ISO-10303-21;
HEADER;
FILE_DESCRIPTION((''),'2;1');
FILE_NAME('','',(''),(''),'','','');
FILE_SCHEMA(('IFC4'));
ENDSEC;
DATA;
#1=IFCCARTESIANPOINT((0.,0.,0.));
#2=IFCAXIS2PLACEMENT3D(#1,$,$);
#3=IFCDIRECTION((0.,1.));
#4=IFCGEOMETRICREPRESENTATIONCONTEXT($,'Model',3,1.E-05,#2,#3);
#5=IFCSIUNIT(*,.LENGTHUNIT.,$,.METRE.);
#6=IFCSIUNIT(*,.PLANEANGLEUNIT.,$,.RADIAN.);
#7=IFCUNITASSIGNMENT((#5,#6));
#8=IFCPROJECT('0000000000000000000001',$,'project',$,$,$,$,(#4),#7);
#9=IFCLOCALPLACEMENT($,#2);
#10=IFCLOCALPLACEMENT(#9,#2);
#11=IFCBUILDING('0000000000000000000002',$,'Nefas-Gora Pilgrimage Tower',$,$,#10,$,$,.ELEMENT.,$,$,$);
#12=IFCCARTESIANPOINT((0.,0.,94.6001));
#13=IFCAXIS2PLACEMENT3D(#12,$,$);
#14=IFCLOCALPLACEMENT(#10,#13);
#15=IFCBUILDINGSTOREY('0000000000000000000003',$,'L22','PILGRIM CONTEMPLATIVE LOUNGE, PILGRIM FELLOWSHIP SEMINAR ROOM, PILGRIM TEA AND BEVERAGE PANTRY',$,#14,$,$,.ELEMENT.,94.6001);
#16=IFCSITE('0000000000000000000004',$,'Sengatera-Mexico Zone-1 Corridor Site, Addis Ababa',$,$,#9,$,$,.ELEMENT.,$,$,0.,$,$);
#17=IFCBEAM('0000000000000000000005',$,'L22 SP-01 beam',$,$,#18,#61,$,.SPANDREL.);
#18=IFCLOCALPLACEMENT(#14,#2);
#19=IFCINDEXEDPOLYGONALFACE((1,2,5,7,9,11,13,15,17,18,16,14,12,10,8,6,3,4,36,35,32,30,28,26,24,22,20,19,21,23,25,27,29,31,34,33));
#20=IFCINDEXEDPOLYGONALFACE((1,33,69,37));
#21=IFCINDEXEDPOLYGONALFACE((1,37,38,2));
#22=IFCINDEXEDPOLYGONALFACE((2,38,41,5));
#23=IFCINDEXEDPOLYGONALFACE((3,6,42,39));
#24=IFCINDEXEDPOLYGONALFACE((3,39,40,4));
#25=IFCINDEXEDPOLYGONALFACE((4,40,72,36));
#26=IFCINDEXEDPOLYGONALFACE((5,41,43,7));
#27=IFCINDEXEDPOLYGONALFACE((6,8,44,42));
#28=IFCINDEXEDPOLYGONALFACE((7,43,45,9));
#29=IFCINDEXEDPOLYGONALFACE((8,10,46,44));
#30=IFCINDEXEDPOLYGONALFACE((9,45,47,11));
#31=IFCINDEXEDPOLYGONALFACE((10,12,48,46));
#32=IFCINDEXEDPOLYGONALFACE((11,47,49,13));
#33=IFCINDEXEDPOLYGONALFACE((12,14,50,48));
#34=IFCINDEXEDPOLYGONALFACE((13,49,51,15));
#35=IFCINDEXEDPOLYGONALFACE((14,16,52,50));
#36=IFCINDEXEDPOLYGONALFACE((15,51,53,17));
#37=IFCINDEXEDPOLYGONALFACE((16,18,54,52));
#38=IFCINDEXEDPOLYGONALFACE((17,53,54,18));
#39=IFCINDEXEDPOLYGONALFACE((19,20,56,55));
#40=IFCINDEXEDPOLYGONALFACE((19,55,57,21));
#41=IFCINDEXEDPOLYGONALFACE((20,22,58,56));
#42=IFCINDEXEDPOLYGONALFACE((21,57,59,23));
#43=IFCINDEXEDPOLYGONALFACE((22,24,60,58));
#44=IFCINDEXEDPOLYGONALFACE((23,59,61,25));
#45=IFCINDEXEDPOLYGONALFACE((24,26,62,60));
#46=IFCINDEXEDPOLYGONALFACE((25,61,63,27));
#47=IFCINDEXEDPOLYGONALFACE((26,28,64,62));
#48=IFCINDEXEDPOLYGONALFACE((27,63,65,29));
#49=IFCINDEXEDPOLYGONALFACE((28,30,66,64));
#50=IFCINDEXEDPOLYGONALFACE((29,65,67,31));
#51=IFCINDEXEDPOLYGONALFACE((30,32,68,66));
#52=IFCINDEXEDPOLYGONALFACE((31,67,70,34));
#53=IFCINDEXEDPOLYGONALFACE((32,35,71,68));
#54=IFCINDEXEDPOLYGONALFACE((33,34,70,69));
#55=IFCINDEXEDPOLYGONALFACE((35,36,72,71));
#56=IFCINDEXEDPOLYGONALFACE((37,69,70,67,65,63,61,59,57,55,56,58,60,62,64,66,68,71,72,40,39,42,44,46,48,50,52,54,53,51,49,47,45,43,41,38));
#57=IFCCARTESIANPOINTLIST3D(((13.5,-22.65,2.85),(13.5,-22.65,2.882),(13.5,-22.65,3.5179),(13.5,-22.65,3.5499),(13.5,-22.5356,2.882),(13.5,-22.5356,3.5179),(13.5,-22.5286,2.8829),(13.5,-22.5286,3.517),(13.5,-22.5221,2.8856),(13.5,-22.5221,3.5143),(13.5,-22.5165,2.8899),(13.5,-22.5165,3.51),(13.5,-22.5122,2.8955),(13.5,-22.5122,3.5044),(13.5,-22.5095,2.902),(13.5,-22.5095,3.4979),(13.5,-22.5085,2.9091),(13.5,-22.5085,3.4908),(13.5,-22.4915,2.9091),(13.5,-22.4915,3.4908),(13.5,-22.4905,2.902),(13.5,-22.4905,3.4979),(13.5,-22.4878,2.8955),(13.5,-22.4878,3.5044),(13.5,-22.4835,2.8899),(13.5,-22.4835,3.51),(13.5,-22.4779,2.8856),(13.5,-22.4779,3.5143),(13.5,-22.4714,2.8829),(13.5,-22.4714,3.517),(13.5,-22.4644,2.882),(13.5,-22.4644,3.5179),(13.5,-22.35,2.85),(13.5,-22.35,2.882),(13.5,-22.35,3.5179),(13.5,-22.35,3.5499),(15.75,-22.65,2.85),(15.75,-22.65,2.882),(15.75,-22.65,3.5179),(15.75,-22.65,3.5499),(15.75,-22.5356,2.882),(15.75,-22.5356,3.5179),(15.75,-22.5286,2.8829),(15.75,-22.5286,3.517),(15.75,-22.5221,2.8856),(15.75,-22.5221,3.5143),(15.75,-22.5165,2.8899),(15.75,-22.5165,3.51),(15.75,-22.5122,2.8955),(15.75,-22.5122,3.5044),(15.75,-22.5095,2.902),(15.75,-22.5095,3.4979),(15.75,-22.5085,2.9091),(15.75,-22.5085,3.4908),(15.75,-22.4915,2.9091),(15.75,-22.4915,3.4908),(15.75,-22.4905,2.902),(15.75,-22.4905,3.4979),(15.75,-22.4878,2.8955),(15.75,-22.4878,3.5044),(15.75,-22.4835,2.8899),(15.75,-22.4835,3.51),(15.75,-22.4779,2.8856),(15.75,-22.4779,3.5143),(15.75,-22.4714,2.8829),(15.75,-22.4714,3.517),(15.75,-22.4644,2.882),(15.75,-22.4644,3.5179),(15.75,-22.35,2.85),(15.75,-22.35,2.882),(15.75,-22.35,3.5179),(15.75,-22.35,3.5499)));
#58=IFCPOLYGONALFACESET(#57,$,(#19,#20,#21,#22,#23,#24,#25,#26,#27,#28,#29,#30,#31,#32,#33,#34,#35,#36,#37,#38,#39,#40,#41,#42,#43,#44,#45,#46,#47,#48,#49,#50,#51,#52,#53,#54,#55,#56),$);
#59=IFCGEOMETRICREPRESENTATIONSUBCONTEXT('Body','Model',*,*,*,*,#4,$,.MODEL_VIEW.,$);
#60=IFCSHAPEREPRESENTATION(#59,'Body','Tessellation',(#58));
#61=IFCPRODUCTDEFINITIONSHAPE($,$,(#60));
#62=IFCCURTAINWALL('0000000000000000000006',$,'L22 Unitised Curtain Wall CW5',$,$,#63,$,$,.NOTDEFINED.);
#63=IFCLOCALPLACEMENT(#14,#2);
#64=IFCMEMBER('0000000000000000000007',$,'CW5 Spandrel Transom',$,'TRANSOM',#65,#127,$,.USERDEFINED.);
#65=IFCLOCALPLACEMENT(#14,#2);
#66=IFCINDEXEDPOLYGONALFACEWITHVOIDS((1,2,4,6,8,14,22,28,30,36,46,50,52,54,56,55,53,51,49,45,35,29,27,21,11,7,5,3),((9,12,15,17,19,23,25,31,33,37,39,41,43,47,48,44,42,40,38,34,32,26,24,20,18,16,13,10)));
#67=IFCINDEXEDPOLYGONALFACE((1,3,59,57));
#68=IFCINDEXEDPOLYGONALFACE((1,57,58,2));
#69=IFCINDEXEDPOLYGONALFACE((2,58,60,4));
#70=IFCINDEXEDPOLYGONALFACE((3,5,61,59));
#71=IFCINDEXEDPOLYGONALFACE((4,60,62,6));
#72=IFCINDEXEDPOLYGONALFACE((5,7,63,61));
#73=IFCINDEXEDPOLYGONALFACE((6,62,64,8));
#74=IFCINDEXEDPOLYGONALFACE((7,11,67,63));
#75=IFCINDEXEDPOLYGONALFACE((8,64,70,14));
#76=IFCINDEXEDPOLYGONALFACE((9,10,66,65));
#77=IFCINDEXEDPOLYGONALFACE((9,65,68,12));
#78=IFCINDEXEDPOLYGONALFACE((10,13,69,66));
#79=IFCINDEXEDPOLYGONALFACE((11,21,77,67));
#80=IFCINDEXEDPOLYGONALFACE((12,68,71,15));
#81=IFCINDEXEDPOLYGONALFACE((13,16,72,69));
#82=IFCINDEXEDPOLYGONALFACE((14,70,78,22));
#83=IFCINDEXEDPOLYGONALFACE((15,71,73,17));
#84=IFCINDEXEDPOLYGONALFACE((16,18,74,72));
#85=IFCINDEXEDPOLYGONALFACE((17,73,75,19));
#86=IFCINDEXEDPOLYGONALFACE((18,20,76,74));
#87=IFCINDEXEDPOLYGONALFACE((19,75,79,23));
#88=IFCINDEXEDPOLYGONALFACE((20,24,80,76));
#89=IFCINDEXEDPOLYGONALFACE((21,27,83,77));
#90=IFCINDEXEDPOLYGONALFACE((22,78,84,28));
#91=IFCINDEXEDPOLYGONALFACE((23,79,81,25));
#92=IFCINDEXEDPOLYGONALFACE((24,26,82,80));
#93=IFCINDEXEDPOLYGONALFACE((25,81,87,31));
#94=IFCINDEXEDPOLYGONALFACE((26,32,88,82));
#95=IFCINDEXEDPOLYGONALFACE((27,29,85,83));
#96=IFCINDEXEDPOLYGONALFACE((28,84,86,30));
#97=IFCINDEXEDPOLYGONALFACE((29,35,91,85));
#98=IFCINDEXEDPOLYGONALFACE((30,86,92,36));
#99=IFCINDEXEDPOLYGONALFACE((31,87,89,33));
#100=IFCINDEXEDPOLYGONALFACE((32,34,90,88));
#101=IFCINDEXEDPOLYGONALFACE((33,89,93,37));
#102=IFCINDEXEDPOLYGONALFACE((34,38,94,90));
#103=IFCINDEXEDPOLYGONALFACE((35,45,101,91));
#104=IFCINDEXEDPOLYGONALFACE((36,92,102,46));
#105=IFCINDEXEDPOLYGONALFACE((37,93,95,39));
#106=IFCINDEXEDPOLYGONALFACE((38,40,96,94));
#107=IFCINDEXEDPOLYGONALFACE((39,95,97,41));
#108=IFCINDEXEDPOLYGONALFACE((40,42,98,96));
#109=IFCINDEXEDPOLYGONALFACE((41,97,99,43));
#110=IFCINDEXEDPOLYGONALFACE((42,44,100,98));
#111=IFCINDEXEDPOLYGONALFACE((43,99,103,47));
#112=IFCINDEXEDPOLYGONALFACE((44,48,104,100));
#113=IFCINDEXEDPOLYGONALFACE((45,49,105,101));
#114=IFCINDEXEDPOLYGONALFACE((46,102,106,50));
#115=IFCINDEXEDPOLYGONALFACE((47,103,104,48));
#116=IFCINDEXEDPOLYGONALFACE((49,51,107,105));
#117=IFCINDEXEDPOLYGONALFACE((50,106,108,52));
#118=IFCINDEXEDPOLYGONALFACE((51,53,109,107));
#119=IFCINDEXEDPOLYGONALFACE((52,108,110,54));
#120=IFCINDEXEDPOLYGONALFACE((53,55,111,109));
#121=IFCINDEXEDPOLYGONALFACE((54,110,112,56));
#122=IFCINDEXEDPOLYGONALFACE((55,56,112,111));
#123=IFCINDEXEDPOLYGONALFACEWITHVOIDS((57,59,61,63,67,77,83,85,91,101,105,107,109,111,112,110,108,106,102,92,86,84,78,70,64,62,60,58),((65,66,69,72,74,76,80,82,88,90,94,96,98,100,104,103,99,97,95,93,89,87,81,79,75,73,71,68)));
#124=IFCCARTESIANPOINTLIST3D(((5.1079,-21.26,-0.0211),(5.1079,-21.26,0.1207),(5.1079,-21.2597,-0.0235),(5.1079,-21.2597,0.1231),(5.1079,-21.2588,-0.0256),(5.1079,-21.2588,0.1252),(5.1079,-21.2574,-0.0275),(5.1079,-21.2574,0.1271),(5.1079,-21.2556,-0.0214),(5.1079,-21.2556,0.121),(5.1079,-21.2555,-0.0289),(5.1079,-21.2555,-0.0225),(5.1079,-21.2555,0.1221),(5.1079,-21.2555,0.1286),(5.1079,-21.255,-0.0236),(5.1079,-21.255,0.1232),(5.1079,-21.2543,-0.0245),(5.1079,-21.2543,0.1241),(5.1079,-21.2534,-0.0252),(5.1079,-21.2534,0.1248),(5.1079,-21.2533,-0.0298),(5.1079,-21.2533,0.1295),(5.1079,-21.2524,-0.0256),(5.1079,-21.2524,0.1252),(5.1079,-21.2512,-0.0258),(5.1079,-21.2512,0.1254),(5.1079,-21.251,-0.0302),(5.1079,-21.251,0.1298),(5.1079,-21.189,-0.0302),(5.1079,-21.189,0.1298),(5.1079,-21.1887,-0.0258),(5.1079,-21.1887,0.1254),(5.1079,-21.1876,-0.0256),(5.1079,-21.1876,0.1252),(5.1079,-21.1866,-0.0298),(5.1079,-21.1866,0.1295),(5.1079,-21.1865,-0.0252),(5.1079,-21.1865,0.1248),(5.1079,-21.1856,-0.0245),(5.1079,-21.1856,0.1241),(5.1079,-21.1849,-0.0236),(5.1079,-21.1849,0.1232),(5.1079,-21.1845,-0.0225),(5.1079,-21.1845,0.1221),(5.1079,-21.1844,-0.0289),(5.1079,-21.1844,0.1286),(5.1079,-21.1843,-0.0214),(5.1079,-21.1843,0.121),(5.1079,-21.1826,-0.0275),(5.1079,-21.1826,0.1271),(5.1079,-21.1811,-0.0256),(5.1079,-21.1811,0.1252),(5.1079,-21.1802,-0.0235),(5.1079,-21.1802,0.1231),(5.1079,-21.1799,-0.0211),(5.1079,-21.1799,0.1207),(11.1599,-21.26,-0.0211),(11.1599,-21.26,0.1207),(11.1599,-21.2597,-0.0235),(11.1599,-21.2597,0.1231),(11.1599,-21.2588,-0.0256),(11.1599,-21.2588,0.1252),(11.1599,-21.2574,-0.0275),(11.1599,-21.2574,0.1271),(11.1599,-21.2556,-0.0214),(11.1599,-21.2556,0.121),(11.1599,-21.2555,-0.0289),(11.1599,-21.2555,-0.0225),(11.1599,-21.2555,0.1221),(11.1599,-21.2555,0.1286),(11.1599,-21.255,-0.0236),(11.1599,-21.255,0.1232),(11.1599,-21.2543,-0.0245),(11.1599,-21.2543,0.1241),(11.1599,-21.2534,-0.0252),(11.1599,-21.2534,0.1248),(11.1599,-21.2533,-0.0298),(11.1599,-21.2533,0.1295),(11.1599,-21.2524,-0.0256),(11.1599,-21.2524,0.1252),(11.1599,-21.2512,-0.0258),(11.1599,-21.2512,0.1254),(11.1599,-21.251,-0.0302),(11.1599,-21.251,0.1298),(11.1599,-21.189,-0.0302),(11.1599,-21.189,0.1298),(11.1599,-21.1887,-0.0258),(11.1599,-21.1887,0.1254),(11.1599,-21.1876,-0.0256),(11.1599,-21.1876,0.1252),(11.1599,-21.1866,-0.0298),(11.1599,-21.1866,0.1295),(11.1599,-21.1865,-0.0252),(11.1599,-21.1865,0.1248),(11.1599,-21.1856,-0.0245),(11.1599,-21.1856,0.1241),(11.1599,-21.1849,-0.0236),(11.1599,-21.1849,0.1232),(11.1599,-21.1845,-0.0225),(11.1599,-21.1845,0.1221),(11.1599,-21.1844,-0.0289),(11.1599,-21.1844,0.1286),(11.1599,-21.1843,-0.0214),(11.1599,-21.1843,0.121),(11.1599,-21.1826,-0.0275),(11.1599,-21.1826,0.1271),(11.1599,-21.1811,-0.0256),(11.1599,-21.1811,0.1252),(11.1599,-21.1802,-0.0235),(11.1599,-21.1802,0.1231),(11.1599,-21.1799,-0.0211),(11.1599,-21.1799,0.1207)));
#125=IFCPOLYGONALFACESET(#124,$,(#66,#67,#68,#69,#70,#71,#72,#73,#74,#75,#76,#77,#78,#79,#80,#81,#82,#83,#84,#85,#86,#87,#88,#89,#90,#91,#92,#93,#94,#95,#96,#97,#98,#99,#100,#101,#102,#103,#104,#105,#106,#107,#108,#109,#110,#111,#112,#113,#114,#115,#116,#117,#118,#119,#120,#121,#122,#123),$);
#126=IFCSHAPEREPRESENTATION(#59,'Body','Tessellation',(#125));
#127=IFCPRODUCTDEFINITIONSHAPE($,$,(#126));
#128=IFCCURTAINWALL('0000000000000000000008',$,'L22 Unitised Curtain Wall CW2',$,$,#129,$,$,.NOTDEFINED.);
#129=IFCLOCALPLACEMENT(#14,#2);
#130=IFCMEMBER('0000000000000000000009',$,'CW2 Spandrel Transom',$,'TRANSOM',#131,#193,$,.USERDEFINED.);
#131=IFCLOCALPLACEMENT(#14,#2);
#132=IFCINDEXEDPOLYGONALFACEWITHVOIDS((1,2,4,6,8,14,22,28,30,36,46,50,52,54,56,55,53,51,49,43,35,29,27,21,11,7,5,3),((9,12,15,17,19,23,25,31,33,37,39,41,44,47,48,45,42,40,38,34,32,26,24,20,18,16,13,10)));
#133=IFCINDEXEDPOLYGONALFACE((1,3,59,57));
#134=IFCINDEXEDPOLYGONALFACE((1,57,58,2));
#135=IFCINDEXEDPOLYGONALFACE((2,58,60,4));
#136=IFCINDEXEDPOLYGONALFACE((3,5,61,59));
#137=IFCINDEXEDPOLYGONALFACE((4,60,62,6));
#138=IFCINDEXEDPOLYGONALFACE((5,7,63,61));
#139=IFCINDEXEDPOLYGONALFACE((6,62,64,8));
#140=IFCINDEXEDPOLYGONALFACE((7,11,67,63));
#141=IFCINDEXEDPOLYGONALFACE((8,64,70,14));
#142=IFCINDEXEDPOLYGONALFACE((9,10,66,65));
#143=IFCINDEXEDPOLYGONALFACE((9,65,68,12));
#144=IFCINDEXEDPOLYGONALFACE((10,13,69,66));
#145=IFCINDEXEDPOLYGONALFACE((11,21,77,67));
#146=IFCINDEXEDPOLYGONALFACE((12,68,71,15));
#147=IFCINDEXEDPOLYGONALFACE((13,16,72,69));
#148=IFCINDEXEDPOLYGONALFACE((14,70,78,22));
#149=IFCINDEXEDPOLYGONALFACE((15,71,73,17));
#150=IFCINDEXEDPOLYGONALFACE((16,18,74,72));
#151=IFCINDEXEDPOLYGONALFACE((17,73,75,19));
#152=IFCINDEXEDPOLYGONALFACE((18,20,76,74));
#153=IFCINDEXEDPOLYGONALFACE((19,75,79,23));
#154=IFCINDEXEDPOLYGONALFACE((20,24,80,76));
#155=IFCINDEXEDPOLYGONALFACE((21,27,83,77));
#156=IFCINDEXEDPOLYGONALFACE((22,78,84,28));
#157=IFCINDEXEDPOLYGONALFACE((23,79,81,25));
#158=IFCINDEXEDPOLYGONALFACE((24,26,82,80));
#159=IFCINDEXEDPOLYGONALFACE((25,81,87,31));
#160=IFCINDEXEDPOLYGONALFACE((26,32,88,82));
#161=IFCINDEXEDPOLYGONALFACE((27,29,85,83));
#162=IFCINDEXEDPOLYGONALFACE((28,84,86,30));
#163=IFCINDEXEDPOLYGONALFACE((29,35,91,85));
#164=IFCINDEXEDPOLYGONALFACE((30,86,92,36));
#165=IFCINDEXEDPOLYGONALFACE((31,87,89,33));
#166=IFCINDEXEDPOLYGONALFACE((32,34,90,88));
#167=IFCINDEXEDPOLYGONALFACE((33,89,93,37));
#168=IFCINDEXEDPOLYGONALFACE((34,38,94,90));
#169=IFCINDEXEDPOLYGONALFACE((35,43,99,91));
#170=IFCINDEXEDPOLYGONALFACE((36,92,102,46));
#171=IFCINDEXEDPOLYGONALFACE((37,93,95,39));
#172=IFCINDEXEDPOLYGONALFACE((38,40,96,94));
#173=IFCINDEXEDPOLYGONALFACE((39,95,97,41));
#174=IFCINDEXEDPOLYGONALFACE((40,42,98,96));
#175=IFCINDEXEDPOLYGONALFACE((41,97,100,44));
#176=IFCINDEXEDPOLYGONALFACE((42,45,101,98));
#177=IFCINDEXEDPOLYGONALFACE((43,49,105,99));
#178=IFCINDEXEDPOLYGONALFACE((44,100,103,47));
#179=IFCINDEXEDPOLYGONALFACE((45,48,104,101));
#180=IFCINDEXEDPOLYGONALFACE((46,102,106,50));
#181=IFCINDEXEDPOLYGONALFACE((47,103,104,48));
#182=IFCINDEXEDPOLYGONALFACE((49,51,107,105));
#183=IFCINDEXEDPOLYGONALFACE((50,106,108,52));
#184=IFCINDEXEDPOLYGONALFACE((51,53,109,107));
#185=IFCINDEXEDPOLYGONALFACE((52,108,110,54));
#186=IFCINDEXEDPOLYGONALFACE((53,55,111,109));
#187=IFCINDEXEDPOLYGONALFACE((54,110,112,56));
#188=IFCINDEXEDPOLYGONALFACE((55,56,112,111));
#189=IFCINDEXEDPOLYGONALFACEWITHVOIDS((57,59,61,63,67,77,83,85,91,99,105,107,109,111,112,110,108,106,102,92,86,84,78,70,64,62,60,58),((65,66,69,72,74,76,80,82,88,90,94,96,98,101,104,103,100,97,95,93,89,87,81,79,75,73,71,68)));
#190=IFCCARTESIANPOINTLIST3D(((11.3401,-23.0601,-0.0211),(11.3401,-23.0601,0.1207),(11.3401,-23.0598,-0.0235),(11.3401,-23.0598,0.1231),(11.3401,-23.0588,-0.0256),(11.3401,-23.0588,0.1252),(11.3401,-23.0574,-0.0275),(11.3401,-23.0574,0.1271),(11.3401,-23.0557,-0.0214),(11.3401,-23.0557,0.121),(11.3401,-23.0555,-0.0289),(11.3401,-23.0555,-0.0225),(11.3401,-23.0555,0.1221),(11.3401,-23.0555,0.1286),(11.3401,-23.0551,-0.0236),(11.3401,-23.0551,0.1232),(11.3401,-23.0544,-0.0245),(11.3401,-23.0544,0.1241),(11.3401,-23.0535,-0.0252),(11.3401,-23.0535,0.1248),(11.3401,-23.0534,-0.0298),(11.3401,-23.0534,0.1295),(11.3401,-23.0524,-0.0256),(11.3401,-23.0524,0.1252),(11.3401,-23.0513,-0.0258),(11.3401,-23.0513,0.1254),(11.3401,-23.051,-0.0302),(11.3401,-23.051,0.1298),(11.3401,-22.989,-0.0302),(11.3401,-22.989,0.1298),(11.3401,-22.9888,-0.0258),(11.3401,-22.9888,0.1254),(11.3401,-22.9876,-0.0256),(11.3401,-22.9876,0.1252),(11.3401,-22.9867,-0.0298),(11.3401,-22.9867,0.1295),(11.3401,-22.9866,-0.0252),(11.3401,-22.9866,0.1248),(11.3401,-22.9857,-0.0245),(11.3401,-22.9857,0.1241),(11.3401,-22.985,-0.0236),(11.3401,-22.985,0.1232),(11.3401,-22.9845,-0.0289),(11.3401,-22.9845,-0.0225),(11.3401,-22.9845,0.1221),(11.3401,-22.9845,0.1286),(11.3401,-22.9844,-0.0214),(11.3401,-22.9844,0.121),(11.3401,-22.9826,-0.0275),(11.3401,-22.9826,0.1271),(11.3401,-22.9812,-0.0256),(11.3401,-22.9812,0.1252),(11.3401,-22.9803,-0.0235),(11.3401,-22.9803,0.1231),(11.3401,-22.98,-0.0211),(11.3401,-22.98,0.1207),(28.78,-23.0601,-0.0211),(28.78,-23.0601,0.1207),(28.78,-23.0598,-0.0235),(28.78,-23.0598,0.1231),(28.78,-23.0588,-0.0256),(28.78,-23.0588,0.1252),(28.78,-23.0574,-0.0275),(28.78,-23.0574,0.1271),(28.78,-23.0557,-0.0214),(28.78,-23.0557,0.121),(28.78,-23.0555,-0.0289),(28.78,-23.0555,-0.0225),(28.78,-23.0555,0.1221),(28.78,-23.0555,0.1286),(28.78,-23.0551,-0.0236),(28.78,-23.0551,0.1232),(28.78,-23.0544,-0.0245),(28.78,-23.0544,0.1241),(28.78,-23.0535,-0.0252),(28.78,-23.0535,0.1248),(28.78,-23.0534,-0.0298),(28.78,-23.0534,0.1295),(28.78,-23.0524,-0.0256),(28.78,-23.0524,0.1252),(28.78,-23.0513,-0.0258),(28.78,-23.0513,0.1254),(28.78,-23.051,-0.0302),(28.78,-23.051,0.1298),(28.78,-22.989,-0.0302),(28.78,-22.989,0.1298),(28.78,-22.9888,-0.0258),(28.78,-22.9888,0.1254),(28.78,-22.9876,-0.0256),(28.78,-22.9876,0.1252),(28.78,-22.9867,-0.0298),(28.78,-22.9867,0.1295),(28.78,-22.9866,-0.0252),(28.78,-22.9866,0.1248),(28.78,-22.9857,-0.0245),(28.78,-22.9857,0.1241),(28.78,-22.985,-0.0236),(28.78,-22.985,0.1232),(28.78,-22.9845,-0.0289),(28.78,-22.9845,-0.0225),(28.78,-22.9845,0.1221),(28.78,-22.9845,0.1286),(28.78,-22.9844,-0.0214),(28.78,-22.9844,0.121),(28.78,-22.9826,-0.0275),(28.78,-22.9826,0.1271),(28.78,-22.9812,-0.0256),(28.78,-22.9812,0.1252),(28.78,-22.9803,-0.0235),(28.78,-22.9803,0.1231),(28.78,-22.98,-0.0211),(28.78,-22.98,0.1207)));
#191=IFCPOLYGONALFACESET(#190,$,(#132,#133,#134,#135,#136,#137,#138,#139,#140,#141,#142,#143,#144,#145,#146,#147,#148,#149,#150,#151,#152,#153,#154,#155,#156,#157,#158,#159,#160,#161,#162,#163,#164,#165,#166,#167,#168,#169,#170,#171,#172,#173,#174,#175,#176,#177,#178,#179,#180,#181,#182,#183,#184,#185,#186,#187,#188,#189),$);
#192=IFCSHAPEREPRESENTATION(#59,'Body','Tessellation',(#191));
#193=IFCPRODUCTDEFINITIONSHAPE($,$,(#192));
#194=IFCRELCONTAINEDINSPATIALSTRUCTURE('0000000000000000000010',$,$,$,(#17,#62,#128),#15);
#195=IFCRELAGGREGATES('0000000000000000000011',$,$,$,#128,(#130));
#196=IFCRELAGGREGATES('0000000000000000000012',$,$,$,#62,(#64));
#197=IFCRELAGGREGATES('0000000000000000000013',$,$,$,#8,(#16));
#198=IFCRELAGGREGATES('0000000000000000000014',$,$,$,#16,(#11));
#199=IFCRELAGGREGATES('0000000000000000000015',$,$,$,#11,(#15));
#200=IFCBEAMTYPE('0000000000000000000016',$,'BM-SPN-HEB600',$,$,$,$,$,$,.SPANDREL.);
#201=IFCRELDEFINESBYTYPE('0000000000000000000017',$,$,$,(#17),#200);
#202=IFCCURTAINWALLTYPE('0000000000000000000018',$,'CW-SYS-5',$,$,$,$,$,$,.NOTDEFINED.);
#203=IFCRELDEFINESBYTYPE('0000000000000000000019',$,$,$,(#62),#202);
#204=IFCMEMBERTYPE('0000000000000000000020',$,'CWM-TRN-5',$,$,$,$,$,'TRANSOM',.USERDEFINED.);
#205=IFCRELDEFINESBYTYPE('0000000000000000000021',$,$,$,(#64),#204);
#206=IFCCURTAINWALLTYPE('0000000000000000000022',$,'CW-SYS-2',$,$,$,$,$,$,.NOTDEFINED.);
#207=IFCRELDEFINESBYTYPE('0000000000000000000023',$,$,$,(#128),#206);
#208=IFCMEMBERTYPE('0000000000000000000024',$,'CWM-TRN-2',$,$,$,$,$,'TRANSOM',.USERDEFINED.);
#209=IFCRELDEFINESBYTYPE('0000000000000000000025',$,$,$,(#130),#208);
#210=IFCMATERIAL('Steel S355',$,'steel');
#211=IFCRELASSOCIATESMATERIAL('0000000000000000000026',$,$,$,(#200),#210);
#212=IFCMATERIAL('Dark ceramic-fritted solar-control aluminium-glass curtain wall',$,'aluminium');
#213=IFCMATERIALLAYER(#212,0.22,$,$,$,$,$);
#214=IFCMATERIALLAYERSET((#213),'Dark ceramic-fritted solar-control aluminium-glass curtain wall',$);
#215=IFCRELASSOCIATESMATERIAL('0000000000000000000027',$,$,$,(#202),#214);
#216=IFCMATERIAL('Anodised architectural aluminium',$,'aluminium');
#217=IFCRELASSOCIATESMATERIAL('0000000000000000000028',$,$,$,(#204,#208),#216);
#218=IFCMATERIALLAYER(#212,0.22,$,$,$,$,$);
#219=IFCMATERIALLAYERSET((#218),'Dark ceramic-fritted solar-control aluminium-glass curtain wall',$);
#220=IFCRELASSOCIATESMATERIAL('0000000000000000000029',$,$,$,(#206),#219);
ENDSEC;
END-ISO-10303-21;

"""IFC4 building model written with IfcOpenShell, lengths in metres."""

from ifc_helpers import new_model, si_unit, direction, frame, origin, origin_2d, place, context, subcontext, project, spatial, hollow_rectangle, i_section, extrude, source, transform, mapped, material, layer, layer_set, material_profile, profile_set, type_object, element, aggregate, save


model = new_model("IFC4")

# Units and contexts
model_context = context("Model", 3, precision=1e-05, world=origin(), true_north=direction((0.0, 1.0)))
body_context = subcontext(model_context, "Body", "Model", "MODEL_VIEW")
ifc_project = project(units=[si_unit("LENGTHUNIT", "METRE"), si_unit("PLANEANGLEUNIT", "RADIAN")], contexts=[model_context])

# Site, building, storey
site_placement = place(None, origin())
site = spatial("IfcSite", under=ifc_project, at=site_placement, Name="Sengatera-Mexico Zone-1 Corridor Site, Addis Ababa", CompositionType="ELEMENT", RefElevation=0.0)
building_placement = place(site_placement, origin())
building = spatial("IfcBuilding", under=site, at=building_placement, Name="Nefas-Gora Pilgrimage Tower", CompositionType="ELEMENT")
storey_placement = place(building_placement, frame((0.0, 0.0, 94.6001)))
storey = spatial("IfcBuildingStorey", under=building, at=storey_placement, Name="L22", Description="PILGRIM CONTEMPLATIVE LOUNGE, PILGRIM FELLOWSHIP SEMINAR ROOM, PILGRIM TEA AND BEVERAGE PANTRY", CompositionType="ELEMENT", Elevation=94.6001)

# Beam
ifc_material_1 = material(Name="Steel S355", Category="steel")
ifc_material_profile_1 = material_profile(ifc_material_1, i_section(OverallWidth=0.3, OverallDepth=0.7, WebThickness=0.0171, FlangeThickness=0.032, FilletRadius=0.0271, at=origin_2d()), Name="HEB 700")
ifc_profile_set_1 = profile_set([ifc_material_profile_1], Name="Steel S355")
beam_type_1 = type_object("IfcBeamType", Name="BM-SPN-HEB600", PredefinedType="SPANDREL", material=ifc_profile_set_1)
shared_shape_1 = source(origin(), body_context, "Body", "SweptSolid", [
    extrude(i_section(OverallWidth=0.3, OverallDepth=0.7, WebThickness=0.0171, FlangeThickness=0.032, FilletRadius=0.0271, at=origin_2d()), origin(), (0.0, 0.0, 1.0), 2.25),
])
beam_1_placement = place(storey_placement, frame((13.5, -22.5, 3.2), z_axis=(1.0, 0.0, 0.0), x_axis=(0.0, 1.0, 0.0)))
element("IfcBeam", 1, at=beam_1_placement, inside=storey, type_object=beam_type_1, Name="L22 SP-01 beam", PredefinedType="SPANDREL", context=body_context, shape_type="MappedRepresentation", body=[
    mapped(shared_shape_1, transform((0.0, 0.0, 0.0), x_axis=(1.0, 0.0, 0.0), y_axis=(0.0, 1.0, 0.0), z_axis=(0.0, 0.0, 1.0), scale=1.0)),
])

# Curtain walls, members
ifc_material_2 = material(Name="Dark ceramic-fritted solar-control aluminium-glass curtain wall", Category="aluminium")
ifc_layer_1 = layer(ifc_material_2, 0.22)
ifc_layer_set_1 = layer_set([ifc_layer_1], Name="Dark ceramic-fritted solar-control aluminium-glass curtain wall")
curtain_wall_type_1 = type_object("IfcCurtainWallType", Name="CW-SYS-5", PredefinedType="NOTDEFINED", material=ifc_layer_set_1)
curtain_wall_1_placement = place(storey_placement, origin())
curtain_wall_1 = element("IfcCurtainWall", 2, at=curtain_wall_1_placement, inside=storey, type_object=curtain_wall_type_1, Name="L22 Unitised Curtain Wall CW5", PredefinedType="NOTDEFINED")
ifc_material_3 = material(Name="Anodised architectural aluminium", Category="aluminium")
ifc_material_profile_2 = material_profile(ifc_material_3, hollow_rectangle(XDim=0.0801, YDim=0.1599, WallThickness=0.0044, InnerFilletRadius=0.0044, OuterFilletRadius=0.009, at=origin_2d()), Name="ALU TRANSOM 80x160")
ifc_profile_set_2 = profile_set([ifc_material_profile_2], Name="Anodised architectural aluminium")
member_type_1 = type_object("IfcMemberType", Name="CWM-TRN-5", ElementType="TRANSOM", PredefinedType="USERDEFINED", material=ifc_profile_set_2)
shared_shape_2 = source(origin(), body_context, "Body", "SweptSolid", [
    extrude(hollow_rectangle(XDim=0.0801, YDim=0.1599, WallThickness=0.0044, InnerFilletRadius=0.0044, OuterFilletRadius=0.009, at=origin_2d()), origin(), (0.0, 0.0, 1.0), 6.052),
])
member_1_placement = place(storey_placement, frame((5.1079, -21.22, 0.0498), z_axis=(1.0, 0.0, 0.0), x_axis=(0.0, 1.0, 0.0)))
member_1 = element("IfcMember", 3, at=member_1_placement, type_object=member_type_1, Name="CW5 Spandrel Transom", ObjectType="TRANSOM", PredefinedType="USERDEFINED", context=body_context, shape_type="MappedRepresentation", body=[
    mapped(shared_shape_2, transform((0.0, 0.0, 0.0), x_axis=(1.0, 0.0, 0.0), y_axis=(0.0, 1.0, 0.0), z_axis=(0.0, 0.0, 1.0), scale=1.0)),
])
ifc_layer_2 = layer(ifc_material_2, 0.22)
ifc_layer_set_2 = layer_set([ifc_layer_2], Name="Dark ceramic-fritted solar-control aluminium-glass curtain wall")
curtain_wall_type_2 = type_object("IfcCurtainWallType", Name="CW-SYS-2", PredefinedType="NOTDEFINED", material=ifc_layer_set_2)
curtain_wall_2_placement = place(storey_placement, origin())
curtain_wall_2 = element("IfcCurtainWall", 4, at=curtain_wall_2_placement, inside=storey, type_object=curtain_wall_type_2, Name="L22 Unitised Curtain Wall CW2", PredefinedType="NOTDEFINED")
ifc_material_profile_3 = material_profile(ifc_material_3, hollow_rectangle(XDim=0.0801, YDim=0.1599, WallThickness=0.0044, InnerFilletRadius=0.0044, OuterFilletRadius=0.009, at=origin_2d()), Name="ALU TRANSOM 80x160")
ifc_profile_set_3 = profile_set([ifc_material_profile_3], Name="Anodised architectural aluminium")
member_type_2 = type_object("IfcMemberType", Name="CWM-TRN-2", ElementType="TRANSOM", PredefinedType="USERDEFINED", material=ifc_profile_set_3)
shared_shape_3 = source(origin(), body_context, "Body", "SweptSolid", [
    extrude(hollow_rectangle(XDim=0.0801, YDim=0.1599, WallThickness=0.0044, InnerFilletRadius=0.0044, OuterFilletRadius=0.009, at=origin_2d()), origin(), (0.0, 0.0, 1.0), 17.4399),
])
member_2_placement = place(storey_placement, frame((11.3401, -23.02, 0.0498), z_axis=(1.0, 0.0, 0.0), x_axis=(0.0, 1.0, 0.0)))
member_2 = element("IfcMember", 5, at=member_2_placement, type_object=member_type_2, Name="CW2 Spandrel Transom", ObjectType="TRANSOM", PredefinedType="USERDEFINED", context=body_context, shape_type="MappedRepresentation", body=[
    mapped(shared_shape_3, transform((0.0, 0.0, 0.0), x_axis=(1.0, 0.0, 0.0), y_axis=(0.0, 1.0, 0.0), z_axis=(0.0, 0.0, 1.0), scale=1.0)),
])

aggregate(curtain_wall_2, [member_2])

aggregate(curtain_wall_1, [member_1])

save(model, "model.ifc")
